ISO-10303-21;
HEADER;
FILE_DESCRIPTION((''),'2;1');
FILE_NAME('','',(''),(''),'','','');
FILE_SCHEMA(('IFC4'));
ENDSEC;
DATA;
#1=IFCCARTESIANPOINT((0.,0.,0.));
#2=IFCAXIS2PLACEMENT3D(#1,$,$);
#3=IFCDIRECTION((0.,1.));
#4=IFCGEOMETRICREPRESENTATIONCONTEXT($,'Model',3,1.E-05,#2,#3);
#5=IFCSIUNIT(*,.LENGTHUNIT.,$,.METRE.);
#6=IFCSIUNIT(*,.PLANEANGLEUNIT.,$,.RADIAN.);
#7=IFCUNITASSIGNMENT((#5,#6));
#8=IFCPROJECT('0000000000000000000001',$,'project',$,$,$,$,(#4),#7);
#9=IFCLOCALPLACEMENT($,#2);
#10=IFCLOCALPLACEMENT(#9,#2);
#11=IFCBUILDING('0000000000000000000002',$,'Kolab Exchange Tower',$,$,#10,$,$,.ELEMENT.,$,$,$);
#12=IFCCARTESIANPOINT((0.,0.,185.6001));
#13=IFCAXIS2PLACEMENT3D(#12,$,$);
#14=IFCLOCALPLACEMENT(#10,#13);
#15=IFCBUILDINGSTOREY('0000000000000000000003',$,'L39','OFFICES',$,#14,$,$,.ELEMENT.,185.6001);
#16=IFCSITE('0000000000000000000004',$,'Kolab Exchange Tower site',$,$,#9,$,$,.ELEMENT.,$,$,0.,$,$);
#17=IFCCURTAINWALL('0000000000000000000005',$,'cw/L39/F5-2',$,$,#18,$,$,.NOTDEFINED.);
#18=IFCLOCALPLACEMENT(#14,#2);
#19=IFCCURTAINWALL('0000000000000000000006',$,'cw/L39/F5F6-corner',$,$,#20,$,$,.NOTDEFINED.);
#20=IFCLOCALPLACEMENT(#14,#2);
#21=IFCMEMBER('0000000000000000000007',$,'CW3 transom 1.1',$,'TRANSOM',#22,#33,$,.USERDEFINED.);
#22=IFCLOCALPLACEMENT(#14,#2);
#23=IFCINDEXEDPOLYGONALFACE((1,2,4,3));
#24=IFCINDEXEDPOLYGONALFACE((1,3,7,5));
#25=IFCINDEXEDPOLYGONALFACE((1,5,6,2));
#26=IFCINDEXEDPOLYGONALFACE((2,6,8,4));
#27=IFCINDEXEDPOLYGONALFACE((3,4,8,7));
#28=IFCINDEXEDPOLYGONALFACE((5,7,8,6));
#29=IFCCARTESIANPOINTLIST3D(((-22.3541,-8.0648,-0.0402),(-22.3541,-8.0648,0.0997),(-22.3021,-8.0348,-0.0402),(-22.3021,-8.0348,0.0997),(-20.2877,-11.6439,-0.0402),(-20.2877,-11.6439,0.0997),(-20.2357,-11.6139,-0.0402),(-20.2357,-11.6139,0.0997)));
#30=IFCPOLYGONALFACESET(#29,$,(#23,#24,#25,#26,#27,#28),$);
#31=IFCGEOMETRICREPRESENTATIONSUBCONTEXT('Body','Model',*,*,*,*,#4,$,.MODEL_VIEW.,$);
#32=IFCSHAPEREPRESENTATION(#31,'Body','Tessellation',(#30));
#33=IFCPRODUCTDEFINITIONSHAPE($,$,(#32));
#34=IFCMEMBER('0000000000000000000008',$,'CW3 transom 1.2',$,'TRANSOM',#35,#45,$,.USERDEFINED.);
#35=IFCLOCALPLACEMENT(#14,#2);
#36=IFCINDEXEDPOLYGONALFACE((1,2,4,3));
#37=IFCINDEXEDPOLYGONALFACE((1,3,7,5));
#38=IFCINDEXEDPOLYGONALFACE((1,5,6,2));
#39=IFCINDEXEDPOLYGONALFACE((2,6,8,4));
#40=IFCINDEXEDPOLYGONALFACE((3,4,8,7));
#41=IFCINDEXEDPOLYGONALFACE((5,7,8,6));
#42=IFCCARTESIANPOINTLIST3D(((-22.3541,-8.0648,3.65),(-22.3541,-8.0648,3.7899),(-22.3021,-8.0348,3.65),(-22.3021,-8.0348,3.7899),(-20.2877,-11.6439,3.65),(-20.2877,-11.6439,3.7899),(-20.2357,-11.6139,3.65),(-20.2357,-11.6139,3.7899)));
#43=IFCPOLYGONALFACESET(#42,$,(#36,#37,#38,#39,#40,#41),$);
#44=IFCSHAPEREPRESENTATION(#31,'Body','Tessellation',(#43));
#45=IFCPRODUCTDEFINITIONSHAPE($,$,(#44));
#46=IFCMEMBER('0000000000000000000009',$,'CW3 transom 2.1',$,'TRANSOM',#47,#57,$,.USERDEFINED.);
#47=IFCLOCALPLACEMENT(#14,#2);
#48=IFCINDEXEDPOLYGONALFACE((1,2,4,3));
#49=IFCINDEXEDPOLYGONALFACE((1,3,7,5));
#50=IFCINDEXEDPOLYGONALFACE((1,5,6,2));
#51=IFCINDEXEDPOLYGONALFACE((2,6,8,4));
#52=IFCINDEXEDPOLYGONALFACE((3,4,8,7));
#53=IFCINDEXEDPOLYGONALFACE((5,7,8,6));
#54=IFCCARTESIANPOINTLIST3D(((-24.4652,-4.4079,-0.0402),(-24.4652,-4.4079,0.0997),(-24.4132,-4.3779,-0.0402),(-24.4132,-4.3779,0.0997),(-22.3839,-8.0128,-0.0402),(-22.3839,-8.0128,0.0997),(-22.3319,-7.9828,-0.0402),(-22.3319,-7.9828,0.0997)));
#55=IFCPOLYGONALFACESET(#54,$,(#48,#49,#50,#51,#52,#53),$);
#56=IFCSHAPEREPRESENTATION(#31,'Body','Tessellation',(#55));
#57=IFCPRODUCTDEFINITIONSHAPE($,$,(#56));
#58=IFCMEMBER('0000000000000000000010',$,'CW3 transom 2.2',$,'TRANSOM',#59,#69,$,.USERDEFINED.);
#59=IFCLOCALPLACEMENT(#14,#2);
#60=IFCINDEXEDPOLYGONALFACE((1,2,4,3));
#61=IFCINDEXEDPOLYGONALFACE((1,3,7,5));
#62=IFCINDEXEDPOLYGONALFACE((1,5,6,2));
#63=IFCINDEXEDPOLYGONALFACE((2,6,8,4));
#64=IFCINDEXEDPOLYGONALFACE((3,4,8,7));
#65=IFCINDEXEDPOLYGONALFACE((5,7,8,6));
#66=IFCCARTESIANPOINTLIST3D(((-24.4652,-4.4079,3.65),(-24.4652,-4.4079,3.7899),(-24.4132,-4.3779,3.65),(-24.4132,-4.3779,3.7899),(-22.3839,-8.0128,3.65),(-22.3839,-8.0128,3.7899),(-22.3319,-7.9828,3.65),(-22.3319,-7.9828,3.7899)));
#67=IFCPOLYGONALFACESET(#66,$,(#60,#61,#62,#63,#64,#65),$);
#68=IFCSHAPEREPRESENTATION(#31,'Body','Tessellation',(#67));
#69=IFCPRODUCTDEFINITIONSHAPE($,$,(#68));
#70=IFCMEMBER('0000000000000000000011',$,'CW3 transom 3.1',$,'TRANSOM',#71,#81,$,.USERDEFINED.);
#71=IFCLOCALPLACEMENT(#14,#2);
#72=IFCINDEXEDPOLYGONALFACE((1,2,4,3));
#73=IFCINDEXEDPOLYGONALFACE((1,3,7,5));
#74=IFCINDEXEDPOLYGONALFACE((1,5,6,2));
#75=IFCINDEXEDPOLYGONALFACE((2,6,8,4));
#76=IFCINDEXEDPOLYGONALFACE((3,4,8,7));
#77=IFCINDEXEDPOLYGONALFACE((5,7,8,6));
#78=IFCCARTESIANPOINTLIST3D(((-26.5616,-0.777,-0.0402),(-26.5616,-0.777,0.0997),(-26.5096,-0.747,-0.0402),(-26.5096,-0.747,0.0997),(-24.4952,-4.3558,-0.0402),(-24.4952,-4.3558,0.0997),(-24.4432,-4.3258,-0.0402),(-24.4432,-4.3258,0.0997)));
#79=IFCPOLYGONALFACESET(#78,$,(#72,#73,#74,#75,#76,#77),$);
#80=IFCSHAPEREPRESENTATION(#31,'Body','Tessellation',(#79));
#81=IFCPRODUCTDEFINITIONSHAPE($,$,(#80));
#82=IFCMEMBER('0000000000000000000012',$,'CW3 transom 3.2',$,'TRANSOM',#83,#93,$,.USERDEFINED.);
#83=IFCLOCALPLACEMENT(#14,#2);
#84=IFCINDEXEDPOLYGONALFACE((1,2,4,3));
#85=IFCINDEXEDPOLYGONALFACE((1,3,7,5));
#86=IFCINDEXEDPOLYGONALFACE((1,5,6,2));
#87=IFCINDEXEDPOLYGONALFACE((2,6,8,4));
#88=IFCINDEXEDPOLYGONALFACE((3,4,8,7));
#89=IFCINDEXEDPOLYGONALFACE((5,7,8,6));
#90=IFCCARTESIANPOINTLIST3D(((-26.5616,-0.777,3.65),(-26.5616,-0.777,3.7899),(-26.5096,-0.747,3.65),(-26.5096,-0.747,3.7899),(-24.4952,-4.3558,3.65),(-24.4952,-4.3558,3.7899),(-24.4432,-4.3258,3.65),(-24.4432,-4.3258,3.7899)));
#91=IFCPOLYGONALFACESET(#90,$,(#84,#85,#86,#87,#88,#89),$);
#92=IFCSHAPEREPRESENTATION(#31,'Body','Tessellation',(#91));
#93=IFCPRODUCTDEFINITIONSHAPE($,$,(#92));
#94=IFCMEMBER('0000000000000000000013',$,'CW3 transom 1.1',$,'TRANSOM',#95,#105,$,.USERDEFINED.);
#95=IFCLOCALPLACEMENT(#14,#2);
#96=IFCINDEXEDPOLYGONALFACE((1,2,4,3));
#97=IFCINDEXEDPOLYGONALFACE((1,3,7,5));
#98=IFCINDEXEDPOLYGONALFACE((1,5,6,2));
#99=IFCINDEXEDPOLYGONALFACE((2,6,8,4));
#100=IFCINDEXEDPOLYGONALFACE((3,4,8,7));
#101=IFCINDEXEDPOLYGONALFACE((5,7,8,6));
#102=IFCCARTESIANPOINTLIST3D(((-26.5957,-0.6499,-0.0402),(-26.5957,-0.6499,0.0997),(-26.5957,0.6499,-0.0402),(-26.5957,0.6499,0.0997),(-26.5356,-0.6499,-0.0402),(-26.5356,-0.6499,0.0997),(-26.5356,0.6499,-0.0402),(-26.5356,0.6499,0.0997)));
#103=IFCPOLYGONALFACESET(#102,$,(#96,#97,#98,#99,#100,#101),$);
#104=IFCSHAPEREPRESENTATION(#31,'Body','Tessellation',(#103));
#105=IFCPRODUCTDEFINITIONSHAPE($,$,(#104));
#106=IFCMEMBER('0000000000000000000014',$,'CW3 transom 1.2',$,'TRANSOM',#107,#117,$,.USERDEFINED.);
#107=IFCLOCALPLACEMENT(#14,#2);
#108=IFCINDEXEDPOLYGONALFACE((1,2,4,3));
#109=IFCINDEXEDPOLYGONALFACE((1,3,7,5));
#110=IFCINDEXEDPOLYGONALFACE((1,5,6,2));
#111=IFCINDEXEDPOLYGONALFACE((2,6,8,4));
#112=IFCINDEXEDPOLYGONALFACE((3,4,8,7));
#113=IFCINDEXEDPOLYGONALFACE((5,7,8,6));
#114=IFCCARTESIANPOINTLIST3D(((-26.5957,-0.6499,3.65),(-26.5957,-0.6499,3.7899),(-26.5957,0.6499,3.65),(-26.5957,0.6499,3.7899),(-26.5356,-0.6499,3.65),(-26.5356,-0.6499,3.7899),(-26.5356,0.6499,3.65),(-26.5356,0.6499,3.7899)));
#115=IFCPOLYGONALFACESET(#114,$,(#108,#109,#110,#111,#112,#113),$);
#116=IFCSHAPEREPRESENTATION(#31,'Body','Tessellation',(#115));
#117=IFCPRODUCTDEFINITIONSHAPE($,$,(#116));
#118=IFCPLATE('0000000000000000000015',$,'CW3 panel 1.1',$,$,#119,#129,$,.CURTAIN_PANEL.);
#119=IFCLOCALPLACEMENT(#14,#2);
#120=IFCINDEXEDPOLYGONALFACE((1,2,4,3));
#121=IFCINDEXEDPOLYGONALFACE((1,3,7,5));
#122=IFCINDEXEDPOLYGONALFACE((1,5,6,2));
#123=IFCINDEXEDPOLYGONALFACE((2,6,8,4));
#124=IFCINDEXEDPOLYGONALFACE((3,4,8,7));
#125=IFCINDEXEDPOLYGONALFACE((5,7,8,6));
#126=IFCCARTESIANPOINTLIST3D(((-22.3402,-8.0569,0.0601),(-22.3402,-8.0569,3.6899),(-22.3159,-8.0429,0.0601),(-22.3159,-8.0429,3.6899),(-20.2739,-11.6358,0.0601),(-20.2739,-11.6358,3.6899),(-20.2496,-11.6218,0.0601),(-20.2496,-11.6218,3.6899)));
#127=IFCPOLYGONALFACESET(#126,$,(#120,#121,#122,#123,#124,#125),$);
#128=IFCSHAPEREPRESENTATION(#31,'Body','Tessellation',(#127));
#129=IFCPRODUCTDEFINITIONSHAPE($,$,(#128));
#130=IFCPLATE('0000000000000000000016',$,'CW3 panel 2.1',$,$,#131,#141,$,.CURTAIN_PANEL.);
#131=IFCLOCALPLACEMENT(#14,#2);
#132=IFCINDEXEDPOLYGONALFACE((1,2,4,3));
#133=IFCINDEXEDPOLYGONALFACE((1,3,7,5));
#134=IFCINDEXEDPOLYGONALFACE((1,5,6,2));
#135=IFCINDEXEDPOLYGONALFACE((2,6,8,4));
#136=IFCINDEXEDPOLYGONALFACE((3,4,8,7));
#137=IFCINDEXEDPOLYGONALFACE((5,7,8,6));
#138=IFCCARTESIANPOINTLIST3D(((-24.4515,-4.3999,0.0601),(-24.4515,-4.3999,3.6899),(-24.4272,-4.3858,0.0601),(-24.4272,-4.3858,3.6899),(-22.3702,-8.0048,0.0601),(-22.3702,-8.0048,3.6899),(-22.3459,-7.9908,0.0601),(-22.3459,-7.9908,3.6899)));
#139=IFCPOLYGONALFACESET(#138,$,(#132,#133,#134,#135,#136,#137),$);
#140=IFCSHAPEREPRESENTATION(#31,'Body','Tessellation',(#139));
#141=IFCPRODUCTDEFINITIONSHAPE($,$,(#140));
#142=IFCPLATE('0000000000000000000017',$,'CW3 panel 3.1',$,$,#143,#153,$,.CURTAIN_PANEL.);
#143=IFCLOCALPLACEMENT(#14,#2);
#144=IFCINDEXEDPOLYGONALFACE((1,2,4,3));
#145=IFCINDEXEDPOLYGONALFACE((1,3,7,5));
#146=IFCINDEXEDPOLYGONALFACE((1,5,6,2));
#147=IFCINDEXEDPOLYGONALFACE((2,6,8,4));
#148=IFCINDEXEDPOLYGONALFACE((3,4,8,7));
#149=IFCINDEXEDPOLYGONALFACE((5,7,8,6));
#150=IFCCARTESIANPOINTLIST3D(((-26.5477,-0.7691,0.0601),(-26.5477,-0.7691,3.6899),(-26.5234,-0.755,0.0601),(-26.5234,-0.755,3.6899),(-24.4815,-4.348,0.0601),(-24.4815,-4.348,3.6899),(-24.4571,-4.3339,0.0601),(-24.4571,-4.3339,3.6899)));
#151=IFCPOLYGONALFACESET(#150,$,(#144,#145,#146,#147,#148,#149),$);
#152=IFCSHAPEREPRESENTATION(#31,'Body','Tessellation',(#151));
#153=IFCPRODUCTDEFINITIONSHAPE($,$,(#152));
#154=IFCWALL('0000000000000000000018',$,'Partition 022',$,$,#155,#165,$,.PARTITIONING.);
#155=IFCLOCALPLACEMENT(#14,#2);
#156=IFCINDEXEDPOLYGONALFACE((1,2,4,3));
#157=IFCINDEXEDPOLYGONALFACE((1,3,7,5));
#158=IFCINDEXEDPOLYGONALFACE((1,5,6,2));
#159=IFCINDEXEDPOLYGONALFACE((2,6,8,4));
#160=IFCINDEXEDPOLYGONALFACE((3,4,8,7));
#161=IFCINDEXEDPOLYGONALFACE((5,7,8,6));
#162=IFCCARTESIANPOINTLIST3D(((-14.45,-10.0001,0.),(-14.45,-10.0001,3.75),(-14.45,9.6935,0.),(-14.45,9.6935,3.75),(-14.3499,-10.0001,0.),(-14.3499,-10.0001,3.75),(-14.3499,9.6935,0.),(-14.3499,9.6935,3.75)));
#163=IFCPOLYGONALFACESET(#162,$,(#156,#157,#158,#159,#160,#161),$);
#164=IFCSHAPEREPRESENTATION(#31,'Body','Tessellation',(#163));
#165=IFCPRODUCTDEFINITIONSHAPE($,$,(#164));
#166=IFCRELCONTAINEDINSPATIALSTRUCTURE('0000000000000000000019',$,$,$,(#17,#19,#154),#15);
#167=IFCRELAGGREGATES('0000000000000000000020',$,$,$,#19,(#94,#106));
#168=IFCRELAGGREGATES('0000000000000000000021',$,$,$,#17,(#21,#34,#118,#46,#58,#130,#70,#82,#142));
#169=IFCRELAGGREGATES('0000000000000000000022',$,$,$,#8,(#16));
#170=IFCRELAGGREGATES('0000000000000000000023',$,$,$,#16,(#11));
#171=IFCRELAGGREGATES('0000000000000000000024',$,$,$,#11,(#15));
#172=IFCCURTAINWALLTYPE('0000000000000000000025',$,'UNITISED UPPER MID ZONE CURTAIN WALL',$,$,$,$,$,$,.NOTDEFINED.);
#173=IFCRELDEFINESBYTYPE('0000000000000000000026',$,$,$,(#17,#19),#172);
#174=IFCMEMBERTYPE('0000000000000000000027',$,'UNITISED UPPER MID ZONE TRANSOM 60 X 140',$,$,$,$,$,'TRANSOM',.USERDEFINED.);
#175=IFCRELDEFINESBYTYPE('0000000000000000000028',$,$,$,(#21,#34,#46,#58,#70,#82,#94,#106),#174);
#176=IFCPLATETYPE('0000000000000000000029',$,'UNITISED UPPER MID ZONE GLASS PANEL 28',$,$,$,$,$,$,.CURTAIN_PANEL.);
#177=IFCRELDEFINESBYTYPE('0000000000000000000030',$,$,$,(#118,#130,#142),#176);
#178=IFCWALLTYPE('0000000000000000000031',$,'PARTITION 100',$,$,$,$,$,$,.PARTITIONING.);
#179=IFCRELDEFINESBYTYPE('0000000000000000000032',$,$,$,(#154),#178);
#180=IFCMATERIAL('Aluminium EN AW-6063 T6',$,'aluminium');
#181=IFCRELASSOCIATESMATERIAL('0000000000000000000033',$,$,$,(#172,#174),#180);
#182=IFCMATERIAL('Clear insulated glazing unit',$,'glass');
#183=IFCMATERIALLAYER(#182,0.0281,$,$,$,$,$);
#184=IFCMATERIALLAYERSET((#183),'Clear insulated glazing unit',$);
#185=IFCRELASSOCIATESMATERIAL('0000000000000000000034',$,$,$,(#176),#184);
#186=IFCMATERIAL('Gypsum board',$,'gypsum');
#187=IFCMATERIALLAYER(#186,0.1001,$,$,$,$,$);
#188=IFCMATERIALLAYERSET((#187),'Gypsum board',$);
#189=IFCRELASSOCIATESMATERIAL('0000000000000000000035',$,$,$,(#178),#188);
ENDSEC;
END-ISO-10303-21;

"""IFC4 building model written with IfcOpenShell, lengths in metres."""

from ifc_helpers import new_model, si_unit, direction, frame, frame_2d, origin, origin_2d, place, context, subcontext, project, spatial, rectangle, extrude, material, layer, layer_set, material_profile, profile_set, type_object, element, aggregate, save


model = new_model("IFC4")

# Units and contexts
model_context = context("Model", 3, precision=1e-05, world=origin(), true_north=direction((0.0, 1.0)))
body_context = subcontext(model_context, "Body", "Model", "MODEL_VIEW")
ifc_project = project(units=[si_unit("LENGTHUNIT", "METRE"), si_unit("PLANEANGLEUNIT", "RADIAN")], contexts=[model_context])

# Site, building, storey
site_placement = place(None, origin())
site = spatial("IfcSite", under=ifc_project, at=site_placement, Name="Kolab Exchange Tower site", CompositionType="ELEMENT", RefElevation=0.0)
building_placement = place(site_placement, origin())
building = spatial("IfcBuilding", under=site, at=building_placement, Name="Kolab Exchange Tower", CompositionType="ELEMENT")
storey_placement = place(building_placement, frame((0.0, 0.0, 185.6001)))
storey = spatial("IfcBuildingStorey", under=building, at=storey_placement, Name="L39", Description="OFFICES", CompositionType="ELEMENT", Elevation=185.6001)

# Curtain wall
ifc_material_1 = material(Name="Aluminium EN AW-6063 T6", Category="aluminium")
curtain_wall_type = type_object("IfcCurtainWallType", Name="UNITISED UPPER MID ZONE CURTAIN WALL", PredefinedType="NOTDEFINED", material=ifc_material_1)
curtain_wall_1_placement = place(storey_placement, origin())
curtain_wall_1 = element("IfcCurtainWall", 1, at=curtain_wall_1_placement, inside=storey, type_object=curtain_wall_type, Name="cw/L39/F5-2", PredefinedType="NOTDEFINED")

# Curtain wall
curtain_wall_2_placement = place(storey_placement, origin())
curtain_wall_2 = element("IfcCurtainWall", 2, at=curtain_wall_2_placement, inside=storey, type_object=curtain_wall_type, Name="cw/L39/F5F6-corner", PredefinedType="NOTDEFINED")

# Members
ifc_material_profile_1 = material_profile(ifc_material_1, rectangle(XDim=0.0601, YDim=0.1399, at=origin_2d()), Name="RECT 60X140")
ifc_profile_set_1 = profile_set([ifc_material_profile_1], Name="Aluminium EN AW-6063 T6")
member_type_1 = type_object("IfcMemberType", Name="UNITISED UPPER MID ZONE TRANSOM 60 X 140", ElementType="TRANSOM", PredefinedType="USERDEFINED", material=ifc_profile_set_1)
member_1_placement = place(storey_placement, frame((-20.2617, -11.6289, 0.0298), z_axis=(-0.500002, 0.866024, 0.0), x_axis=(-0.866024, -0.500002, 0.0)))
member_1 = element("IfcMember", 3, at=member_1_placement, type_object=member_type_1, Name="CW3 transom 1.1", ObjectType="TRANSOM", PredefinedType="USERDEFINED", context=body_context, shape_type="SweptSolid", body=[
    extrude(rectangle(XDim=0.0601, YDim=0.1399, at=origin_2d()), origin(), (0.0, 0.0, 1.0), 4.1328),
])
member_2_placement = place(storey_placement, frame((-20.2617, -11.6289, 3.72), z_axis=(-0.500002, 0.866024, 0.0), x_axis=(-0.866024, -0.500002, 0.0)))
member_2 = element("IfcMember", 4, at=member_2_placement, type_object=member_type_1, Name="CW3 transom 1.2", ObjectType="TRANSOM", PredefinedType="USERDEFINED", context=body_context, shape_type="SweptSolid", body=[
    extrude(rectangle(XDim=0.0601, YDim=0.1399, at=origin_2d()), origin(), (0.0, 0.0, 1.0), 4.1328),
])
member_3_placement = place(storey_placement, frame((-22.3579, -7.9978, 0.0298), z_axis=(-0.499993, 0.866029, 0.0), x_axis=(-0.866029, -0.499993, 0.0)))
member_3 = element("IfcMember", 5, at=member_3_placement, type_object=member_type_1, Name="CW3 transom 2.1", ObjectType="TRANSOM", PredefinedType="USERDEFINED", context=body_context, shape_type="SweptSolid", body=[
    extrude(rectangle(XDim=0.0601, YDim=0.1399, at=origin_2d()), origin(), (0.0, 0.0, 1.0), 4.1626),
])
member_4_placement = place(storey_placement, frame((-22.3579, -7.9978, 3.72), z_axis=(-0.499993, 0.866029, 0.0), x_axis=(-0.866029, -0.499993, 0.0)))
member_4 = element("IfcMember", 6, at=member_4_placement, type_object=member_type_1, Name="CW3 transom 2.2", ObjectType="TRANSOM", PredefinedType="USERDEFINED", context=body_context, shape_type="SweptSolid", body=[
    extrude(rectangle(XDim=0.0601, YDim=0.1399, at=origin_2d()), origin(), (0.0, 0.0, 1.0), 4.1626),
])
member_5_placement = place(storey_placement, frame((-24.4692, -4.3408, 0.0298), z_axis=(-0.500028, 0.866009, 0.0), x_axis=(-0.866009, -0.500028, 0.0)))
member_5 = element("IfcMember", 7, at=member_5_placement, type_object=member_type_1, Name="CW3 transom 3.1", ObjectType="TRANSOM", PredefinedType="USERDEFINED", context=body_context, shape_type="SweptSolid", body=[
    extrude(rectangle(XDim=0.0601, YDim=0.1399, at=origin_2d()), origin(), (0.0, 0.0, 1.0), 4.1326),
])
member_6_placement = place(storey_placement, frame((-24.4692, -4.3408, 3.72), z_axis=(-0.500028, 0.866009, 0.0), x_axis=(-0.866009, -0.500028, 0.0)))
member_6 = element("IfcMember", 8, at=member_6_placement, type_object=member_type_1, Name="CW3 transom 3.2", ObjectType="TRANSOM", PredefinedType="USERDEFINED", context=body_context, shape_type="SweptSolid", body=[
    extrude(rectangle(XDim=0.0601, YDim=0.1399, at=origin_2d()), origin(), (0.0, 0.0, 1.0), 4.1326),
])
member_7_placement = place(storey_placement, frame((-26.5657, -0.6499, 0.0298), z_axis=(0.0, 1.0, 0.0), x_axis=(-1.0, 0.0, 0.0)))
member_7 = element("IfcMember", 9, at=member_7_placement, type_object=member_type_1, Name="CW3 transom 1.1", ObjectType="TRANSOM", PredefinedType="USERDEFINED", context=body_context, shape_type="SweptSolid", body=[
    extrude(rectangle(XDim=0.0601, YDim=0.1399, at=origin_2d()), origin(), (0.0, 0.0, 1.0), 1.2998),
])
member_8_placement = place(storey_placement, frame((-26.5657, -0.6499, 3.72), z_axis=(0.0, 1.0, 0.0), x_axis=(-1.0, 0.0, 0.0)))
member_8 = element("IfcMember", 10, at=member_8_placement, type_object=member_type_1, Name="CW3 transom 1.2", ObjectType="TRANSOM", PredefinedType="USERDEFINED", context=body_context, shape_type="SweptSolid", body=[
    extrude(rectangle(XDim=0.0601, YDim=0.1399, at=origin_2d()), origin(), (0.0, 0.0, 1.0), 1.2998),
])
aggregate(curtain_wall_2, [member_7, member_8])

# Plates
ifc_material_2 = material(Name="Clear insulated glazing unit", Category="glass")
ifc_layer_1 = layer(ifc_material_2, 0.0281)
ifc_layer_set_1 = layer_set([ifc_layer_1], Name="Clear insulated glazing unit")
plate_type = type_object("IfcPlateType", Name="UNITISED UPPER MID ZONE GLASS PANEL 28", PredefinedType="CURTAIN_PANEL", material=ifc_layer_set_1)
plate_1_placement = place(storey_placement, frame((-21.2949, -9.8394, 0.0601), z_axis=(0.0, 0.0, 1.0), x_axis=(-0.5, 0.866025, 0.0)))
plate_1 = element("IfcPlate", 11, at=plate_1_placement, type_object=plate_type, Name="CW3 panel 1.1", PredefinedType="CURTAIN_PANEL", context=body_context, shape_type="SweptSolid", body=[
    extrude(rectangle(XDim=4.1326, YDim=0.0281, at=origin_2d()), origin(), (0.0, 0.0, 1.0), 3.6299),
])
plate_2_placement = place(storey_placement, frame((-23.3987, -6.1953, 0.0601), z_axis=(0.0, 0.0, 1.0), x_axis=(-0.5, 0.866025, 0.0)))
plate_2 = element("IfcPlate", 12, at=plate_2_placement, type_object=plate_type, Name="CW3 panel 2.1", PredefinedType="CURTAIN_PANEL", context=body_context, shape_type="SweptSolid", body=[
    extrude(rectangle(XDim=4.1626, YDim=0.0281, at=origin_2d()), origin(), (0.0, 0.0, 1.0), 3.6299),
])
plate_3_placement = place(storey_placement, frame((-25.5024, -2.5515, 0.0601), z_axis=(0.0, 0.0, 1.0), x_axis=(-0.5, 0.866025, 0.0)))
plate_3 = element("IfcPlate", 13, at=plate_3_placement, type_object=plate_type, Name="CW3 panel 3.1", PredefinedType="CURTAIN_PANEL", context=body_context, shape_type="SweptSolid", body=[
    extrude(rectangle(XDim=4.1326, YDim=0.0281, at=origin_2d()), origin(), (0.0, 0.0, 1.0), 3.6299),
])
aggregate(curtain_wall_1, [member_1, member_2, plate_1, member_3, member_4, plate_2, member_5, member_6, plate_3])

# Wall
ifc_material_3 = material(Name="Gypsum board", Category="gypsum")
ifc_layer_2 = layer(ifc_material_3, 0.1001)
ifc_layer_set_2 = layer_set([ifc_layer_2], Name="Gypsum board")
wall_type_1 = type_object("IfcWallType", Name="PARTITION 100", PredefinedType="PARTITIONING", material=ifc_layer_set_2)
wall_1_placement = place(storey_placement, frame((-14.3999, -10.0, 0.0), z_axis=(0.0, 0.0, 1.0), x_axis=(0.0, 1.0, 0.0)))
element("IfcWall", 14, at=wall_1_placement, inside=storey, type_object=wall_type_1, Name="Partition 022", PredefinedType="PARTITIONING", context=body_context, shape_type="SweptSolid", body=[
    extrude(rectangle(XDim=19.6936, YDim=0.1001, at=frame_2d((9.8467, 0.0))), origin(), (0.0, 0.0, 1.0), 3.75),
])

save(model, "model.ifc")
